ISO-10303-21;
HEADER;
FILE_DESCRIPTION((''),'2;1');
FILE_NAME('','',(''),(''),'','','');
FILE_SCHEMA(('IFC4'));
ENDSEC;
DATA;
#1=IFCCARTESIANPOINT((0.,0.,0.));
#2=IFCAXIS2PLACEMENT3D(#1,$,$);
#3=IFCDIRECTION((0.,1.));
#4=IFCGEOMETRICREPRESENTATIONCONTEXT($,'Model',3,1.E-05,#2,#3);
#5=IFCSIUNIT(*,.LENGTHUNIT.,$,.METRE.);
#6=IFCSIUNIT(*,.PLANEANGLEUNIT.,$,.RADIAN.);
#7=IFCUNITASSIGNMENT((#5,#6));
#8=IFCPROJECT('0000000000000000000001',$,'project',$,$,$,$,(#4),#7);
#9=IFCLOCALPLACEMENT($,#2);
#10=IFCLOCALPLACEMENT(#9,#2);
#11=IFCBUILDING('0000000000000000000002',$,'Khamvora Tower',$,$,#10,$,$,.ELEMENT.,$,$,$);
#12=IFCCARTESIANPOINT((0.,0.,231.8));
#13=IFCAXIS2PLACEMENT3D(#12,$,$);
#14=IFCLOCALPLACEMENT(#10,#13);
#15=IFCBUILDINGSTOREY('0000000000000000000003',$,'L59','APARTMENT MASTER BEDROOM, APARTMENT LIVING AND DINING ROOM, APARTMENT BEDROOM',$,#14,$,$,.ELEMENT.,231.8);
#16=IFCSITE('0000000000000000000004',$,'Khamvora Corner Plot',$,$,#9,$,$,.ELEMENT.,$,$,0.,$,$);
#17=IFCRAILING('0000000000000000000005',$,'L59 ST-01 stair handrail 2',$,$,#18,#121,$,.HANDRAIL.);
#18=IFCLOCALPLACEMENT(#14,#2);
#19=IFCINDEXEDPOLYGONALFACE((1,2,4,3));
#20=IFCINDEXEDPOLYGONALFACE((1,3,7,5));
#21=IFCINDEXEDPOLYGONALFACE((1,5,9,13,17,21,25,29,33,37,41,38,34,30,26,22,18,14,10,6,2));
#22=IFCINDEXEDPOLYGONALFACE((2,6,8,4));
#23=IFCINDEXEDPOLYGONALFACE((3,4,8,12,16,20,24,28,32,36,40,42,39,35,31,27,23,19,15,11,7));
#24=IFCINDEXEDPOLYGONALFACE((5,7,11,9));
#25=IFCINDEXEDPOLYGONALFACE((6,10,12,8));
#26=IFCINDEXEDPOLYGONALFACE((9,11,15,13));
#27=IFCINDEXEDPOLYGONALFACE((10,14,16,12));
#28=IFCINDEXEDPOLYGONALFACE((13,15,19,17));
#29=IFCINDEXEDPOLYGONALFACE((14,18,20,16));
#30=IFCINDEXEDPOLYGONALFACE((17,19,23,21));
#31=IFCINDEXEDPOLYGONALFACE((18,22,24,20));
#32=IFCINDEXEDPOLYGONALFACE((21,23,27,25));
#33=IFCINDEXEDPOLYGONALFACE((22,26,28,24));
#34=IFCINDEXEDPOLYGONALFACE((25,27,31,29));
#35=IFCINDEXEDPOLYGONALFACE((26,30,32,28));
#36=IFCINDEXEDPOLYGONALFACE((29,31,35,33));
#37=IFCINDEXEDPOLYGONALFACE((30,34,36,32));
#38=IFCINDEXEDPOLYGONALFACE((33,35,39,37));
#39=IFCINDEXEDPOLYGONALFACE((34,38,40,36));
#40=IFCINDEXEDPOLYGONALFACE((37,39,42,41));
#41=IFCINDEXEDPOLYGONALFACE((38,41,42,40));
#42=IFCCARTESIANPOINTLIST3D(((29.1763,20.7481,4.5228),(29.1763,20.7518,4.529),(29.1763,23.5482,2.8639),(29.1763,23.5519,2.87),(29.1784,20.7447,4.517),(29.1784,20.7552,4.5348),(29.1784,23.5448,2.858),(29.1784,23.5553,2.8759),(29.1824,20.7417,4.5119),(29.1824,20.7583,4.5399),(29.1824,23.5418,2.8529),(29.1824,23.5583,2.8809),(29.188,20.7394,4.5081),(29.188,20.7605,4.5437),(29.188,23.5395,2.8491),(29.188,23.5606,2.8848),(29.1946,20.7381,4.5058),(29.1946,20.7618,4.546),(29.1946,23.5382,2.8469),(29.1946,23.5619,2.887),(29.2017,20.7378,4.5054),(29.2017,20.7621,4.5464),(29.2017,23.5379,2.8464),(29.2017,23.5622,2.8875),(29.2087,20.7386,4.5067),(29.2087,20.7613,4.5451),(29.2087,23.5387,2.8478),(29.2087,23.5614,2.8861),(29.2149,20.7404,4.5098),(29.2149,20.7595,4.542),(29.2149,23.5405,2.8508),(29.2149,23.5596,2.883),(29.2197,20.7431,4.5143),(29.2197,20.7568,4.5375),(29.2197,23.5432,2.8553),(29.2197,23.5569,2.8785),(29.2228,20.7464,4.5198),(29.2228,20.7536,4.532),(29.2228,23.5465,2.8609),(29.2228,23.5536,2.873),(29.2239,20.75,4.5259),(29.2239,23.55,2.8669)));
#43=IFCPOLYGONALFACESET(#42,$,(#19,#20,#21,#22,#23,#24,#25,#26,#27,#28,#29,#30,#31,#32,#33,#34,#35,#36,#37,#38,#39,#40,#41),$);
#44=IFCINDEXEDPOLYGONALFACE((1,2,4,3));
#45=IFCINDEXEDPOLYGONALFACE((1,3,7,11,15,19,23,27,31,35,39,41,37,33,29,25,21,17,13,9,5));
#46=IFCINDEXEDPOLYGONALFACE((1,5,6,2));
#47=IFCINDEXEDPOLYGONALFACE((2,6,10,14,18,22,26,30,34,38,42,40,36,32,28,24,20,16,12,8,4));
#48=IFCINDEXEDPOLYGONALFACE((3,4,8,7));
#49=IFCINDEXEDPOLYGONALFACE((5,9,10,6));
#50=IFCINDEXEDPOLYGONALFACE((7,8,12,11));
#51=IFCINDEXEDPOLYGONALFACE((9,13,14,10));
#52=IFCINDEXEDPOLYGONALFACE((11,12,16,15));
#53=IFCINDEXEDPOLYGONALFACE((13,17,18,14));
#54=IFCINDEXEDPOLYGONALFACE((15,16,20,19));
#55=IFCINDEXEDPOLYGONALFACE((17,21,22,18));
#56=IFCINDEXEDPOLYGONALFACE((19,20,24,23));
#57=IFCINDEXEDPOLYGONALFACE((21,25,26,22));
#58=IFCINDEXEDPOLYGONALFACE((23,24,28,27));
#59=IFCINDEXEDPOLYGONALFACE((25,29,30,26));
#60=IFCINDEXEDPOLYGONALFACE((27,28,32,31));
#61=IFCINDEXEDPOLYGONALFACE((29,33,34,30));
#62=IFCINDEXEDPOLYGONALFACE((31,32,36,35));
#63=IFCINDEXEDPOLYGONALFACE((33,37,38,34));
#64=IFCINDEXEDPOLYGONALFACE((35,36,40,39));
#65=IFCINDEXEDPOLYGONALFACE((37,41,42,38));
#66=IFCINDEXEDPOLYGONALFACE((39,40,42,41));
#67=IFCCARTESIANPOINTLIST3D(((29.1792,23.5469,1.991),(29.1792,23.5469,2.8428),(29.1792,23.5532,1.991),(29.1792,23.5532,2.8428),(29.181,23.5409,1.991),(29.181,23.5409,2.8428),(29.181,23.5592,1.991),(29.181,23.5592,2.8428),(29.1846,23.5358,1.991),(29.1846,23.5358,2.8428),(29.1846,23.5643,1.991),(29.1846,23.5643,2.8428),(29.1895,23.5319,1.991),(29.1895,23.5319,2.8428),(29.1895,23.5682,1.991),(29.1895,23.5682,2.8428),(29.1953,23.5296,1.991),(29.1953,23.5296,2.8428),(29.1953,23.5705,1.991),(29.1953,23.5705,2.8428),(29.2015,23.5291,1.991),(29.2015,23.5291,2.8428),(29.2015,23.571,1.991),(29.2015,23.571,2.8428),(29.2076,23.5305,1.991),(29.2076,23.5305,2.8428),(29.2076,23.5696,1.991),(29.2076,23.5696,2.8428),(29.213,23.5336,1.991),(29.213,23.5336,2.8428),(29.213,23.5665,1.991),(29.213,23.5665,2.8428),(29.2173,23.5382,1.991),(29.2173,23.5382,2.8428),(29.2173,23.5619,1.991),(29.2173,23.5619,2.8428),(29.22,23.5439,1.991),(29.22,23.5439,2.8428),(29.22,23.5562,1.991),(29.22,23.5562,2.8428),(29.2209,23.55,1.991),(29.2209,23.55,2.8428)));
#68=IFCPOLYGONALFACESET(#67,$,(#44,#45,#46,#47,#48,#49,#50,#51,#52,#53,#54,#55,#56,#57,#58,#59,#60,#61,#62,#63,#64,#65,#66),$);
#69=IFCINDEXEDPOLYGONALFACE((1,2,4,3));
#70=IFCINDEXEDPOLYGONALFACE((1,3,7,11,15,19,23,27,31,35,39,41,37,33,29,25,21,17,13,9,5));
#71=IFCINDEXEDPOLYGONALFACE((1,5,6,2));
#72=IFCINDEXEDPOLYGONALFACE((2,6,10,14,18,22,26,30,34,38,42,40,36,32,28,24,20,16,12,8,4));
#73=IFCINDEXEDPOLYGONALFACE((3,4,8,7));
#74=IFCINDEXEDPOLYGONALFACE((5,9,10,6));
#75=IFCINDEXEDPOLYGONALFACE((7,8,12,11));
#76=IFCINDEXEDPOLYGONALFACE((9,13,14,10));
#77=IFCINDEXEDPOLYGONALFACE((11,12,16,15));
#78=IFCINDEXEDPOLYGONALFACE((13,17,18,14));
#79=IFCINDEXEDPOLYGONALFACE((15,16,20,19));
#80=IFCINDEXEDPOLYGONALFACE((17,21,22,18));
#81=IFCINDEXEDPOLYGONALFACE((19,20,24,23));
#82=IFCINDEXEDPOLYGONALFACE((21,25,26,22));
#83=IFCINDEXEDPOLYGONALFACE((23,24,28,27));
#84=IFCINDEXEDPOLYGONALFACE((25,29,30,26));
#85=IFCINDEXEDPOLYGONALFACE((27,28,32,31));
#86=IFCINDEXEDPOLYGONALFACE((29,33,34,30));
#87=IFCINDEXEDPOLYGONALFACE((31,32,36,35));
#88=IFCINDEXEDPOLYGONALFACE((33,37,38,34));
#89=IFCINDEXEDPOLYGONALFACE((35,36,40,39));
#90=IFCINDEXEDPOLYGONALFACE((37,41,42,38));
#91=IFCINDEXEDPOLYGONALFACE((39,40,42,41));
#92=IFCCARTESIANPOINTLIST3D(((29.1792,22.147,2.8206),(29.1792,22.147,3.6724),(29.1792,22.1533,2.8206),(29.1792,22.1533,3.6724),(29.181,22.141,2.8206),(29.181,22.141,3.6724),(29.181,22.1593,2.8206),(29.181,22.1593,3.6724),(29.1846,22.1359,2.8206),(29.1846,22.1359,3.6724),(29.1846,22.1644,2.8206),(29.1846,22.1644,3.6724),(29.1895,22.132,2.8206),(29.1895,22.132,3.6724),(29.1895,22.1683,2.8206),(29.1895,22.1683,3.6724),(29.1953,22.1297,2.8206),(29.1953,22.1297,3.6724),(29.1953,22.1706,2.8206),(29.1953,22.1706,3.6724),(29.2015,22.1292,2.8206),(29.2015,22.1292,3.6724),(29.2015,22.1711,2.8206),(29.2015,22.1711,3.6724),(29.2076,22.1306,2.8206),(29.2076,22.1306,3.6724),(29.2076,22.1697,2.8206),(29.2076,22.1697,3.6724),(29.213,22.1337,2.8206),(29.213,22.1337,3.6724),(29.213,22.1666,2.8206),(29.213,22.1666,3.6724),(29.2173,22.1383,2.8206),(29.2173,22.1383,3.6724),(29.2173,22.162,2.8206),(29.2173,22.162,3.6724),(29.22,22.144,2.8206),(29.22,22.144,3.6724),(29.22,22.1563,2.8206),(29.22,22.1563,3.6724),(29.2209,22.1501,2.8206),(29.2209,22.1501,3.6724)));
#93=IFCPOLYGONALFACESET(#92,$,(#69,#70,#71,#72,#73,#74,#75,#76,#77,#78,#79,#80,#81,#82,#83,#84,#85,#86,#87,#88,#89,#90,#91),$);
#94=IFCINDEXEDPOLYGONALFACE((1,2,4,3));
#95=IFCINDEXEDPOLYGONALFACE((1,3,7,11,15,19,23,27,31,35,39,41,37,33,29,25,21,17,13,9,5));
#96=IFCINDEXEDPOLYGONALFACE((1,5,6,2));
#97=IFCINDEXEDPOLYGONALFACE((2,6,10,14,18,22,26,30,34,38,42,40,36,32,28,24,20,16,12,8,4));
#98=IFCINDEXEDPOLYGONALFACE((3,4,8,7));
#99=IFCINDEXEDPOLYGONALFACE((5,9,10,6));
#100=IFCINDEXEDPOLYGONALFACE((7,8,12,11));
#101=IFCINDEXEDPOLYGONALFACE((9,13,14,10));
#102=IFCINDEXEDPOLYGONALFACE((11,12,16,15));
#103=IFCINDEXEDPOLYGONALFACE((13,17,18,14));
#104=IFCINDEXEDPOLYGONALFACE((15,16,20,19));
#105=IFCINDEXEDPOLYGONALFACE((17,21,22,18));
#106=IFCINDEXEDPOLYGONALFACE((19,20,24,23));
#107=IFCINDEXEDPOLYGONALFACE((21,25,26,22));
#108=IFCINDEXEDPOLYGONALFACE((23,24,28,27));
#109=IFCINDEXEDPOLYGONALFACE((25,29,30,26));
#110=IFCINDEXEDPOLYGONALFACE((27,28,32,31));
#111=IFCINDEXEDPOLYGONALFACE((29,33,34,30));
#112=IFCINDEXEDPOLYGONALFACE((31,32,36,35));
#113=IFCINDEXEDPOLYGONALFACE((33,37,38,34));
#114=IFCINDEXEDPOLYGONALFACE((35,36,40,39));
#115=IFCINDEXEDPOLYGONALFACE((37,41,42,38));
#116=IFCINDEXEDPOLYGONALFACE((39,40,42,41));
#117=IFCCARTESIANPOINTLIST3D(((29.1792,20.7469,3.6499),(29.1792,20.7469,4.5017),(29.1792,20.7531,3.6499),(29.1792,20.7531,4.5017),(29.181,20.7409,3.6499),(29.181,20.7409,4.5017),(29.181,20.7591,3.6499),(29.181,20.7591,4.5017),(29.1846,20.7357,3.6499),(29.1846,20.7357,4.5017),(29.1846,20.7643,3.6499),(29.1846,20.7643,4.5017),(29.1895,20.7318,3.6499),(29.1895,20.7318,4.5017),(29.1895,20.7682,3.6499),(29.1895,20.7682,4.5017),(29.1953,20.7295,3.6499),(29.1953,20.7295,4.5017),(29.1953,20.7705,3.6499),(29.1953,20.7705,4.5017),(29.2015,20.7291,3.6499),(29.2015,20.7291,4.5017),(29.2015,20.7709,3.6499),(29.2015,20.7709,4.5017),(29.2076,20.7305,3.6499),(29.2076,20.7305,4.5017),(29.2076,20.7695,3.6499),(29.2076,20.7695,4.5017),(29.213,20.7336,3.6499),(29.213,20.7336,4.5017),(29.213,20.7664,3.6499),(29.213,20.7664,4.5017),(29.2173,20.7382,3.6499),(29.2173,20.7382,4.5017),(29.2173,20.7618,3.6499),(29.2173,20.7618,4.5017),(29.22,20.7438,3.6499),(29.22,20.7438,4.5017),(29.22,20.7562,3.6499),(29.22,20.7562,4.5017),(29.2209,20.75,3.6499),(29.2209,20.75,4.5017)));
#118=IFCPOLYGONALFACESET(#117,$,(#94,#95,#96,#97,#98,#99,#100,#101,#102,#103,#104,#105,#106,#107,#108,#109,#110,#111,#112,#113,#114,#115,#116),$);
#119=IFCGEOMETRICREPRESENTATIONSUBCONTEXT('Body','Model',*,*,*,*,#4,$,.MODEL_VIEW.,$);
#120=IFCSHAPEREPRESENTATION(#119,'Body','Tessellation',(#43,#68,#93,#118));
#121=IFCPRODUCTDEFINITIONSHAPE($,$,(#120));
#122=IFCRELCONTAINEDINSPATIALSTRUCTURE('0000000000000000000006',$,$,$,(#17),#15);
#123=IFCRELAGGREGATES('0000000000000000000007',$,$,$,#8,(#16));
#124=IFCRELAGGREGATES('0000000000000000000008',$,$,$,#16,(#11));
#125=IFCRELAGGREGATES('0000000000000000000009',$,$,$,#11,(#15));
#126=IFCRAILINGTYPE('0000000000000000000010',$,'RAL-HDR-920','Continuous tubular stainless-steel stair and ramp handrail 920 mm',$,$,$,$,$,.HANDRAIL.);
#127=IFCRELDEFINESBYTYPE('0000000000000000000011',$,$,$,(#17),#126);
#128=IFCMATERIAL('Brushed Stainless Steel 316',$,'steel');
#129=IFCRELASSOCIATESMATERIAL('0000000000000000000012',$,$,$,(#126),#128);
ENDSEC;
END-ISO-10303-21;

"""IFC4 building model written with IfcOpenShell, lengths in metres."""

from ifc_helpers import new_model, si_unit, direction, frame, origin, origin_2d, place, context, subcontext, project, spatial, circle, extrude, material, type_object, element, save


model = new_model("IFC4")

# Units and contexts
model_context = context("Model", 3, precision=1e-05, world=origin(), true_north=direction((0.0, 1.0)))
body_context = subcontext(model_context, "Body", "Model", "MODEL_VIEW")
ifc_project = project(units=[si_unit("LENGTHUNIT", "METRE"), si_unit("PLANEANGLEUNIT", "RADIAN")], contexts=[model_context])

# Site, building, storey
site_placement = place(None, origin())
site = spatial("IfcSite", under=ifc_project, at=site_placement, Name="Khamvora Corner Plot", CompositionType="ELEMENT", RefElevation=0.0)
building_placement = place(site_placement, origin())
building = spatial("IfcBuilding", under=site, at=building_placement, Name="Khamvora Tower", CompositionType="ELEMENT")
storey_placement = place(building_placement, frame((0.0, 0.0, 231.8)))
storey = spatial("IfcBuildingStorey", under=building, at=storey_placement, Name="L59", Description="APARTMENT MASTER BEDROOM, APARTMENT LIVING AND DINING ROOM, APARTMENT BEDROOM", CompositionType="ELEMENT", Elevation=231.8)

# Railing
ifc_material_1 = material(Name="Brushed Stainless Steel 316", Category="steel")
railing_type_1 = type_object("IfcRailingType", Name="RAL-HDR-920", Description="Continuous tubular stainless-steel stair and ramp handrail 920 mm", PredefinedType="HANDRAIL", material=ifc_material_1)
railing_1_placement = place(storey_placement, frame((29.2, 23.55, 1.991)))
element("IfcRailing", 1, at=railing_1_placement, inside=storey, type_object=railing_type_1, Name="L59 ST-01 stair handrail 2", PredefinedType="HANDRAIL", context=body_context, shape_type="SweptSolid", body=[
    extrude(circle(Radius=0.0239, at=origin_2d()), frame((0.0, 0.0, 0.876), z_axis=(0.0, -0.860339, 0.509722), x_axis=(1.0, 0.0, 0.0)), (0.0, 0.0, 1.0), 3.2546),
    extrude(circle(Radius=0.021, at=origin_2d()), origin(), (0.0, 0.0, 1.0), 0.8518),
    extrude(circle(Radius=0.021, at=origin_2d()), frame((0.0, -1.3999, 0.8296)), (0.0, 0.0, 1.0), 0.8518),
    extrude(circle(Radius=0.021, at=origin_2d()), frame((0.0, -2.8, 1.6589)), (0.0, 0.0, 1.0), 0.8518),
])

save(model, "model.ifc")
